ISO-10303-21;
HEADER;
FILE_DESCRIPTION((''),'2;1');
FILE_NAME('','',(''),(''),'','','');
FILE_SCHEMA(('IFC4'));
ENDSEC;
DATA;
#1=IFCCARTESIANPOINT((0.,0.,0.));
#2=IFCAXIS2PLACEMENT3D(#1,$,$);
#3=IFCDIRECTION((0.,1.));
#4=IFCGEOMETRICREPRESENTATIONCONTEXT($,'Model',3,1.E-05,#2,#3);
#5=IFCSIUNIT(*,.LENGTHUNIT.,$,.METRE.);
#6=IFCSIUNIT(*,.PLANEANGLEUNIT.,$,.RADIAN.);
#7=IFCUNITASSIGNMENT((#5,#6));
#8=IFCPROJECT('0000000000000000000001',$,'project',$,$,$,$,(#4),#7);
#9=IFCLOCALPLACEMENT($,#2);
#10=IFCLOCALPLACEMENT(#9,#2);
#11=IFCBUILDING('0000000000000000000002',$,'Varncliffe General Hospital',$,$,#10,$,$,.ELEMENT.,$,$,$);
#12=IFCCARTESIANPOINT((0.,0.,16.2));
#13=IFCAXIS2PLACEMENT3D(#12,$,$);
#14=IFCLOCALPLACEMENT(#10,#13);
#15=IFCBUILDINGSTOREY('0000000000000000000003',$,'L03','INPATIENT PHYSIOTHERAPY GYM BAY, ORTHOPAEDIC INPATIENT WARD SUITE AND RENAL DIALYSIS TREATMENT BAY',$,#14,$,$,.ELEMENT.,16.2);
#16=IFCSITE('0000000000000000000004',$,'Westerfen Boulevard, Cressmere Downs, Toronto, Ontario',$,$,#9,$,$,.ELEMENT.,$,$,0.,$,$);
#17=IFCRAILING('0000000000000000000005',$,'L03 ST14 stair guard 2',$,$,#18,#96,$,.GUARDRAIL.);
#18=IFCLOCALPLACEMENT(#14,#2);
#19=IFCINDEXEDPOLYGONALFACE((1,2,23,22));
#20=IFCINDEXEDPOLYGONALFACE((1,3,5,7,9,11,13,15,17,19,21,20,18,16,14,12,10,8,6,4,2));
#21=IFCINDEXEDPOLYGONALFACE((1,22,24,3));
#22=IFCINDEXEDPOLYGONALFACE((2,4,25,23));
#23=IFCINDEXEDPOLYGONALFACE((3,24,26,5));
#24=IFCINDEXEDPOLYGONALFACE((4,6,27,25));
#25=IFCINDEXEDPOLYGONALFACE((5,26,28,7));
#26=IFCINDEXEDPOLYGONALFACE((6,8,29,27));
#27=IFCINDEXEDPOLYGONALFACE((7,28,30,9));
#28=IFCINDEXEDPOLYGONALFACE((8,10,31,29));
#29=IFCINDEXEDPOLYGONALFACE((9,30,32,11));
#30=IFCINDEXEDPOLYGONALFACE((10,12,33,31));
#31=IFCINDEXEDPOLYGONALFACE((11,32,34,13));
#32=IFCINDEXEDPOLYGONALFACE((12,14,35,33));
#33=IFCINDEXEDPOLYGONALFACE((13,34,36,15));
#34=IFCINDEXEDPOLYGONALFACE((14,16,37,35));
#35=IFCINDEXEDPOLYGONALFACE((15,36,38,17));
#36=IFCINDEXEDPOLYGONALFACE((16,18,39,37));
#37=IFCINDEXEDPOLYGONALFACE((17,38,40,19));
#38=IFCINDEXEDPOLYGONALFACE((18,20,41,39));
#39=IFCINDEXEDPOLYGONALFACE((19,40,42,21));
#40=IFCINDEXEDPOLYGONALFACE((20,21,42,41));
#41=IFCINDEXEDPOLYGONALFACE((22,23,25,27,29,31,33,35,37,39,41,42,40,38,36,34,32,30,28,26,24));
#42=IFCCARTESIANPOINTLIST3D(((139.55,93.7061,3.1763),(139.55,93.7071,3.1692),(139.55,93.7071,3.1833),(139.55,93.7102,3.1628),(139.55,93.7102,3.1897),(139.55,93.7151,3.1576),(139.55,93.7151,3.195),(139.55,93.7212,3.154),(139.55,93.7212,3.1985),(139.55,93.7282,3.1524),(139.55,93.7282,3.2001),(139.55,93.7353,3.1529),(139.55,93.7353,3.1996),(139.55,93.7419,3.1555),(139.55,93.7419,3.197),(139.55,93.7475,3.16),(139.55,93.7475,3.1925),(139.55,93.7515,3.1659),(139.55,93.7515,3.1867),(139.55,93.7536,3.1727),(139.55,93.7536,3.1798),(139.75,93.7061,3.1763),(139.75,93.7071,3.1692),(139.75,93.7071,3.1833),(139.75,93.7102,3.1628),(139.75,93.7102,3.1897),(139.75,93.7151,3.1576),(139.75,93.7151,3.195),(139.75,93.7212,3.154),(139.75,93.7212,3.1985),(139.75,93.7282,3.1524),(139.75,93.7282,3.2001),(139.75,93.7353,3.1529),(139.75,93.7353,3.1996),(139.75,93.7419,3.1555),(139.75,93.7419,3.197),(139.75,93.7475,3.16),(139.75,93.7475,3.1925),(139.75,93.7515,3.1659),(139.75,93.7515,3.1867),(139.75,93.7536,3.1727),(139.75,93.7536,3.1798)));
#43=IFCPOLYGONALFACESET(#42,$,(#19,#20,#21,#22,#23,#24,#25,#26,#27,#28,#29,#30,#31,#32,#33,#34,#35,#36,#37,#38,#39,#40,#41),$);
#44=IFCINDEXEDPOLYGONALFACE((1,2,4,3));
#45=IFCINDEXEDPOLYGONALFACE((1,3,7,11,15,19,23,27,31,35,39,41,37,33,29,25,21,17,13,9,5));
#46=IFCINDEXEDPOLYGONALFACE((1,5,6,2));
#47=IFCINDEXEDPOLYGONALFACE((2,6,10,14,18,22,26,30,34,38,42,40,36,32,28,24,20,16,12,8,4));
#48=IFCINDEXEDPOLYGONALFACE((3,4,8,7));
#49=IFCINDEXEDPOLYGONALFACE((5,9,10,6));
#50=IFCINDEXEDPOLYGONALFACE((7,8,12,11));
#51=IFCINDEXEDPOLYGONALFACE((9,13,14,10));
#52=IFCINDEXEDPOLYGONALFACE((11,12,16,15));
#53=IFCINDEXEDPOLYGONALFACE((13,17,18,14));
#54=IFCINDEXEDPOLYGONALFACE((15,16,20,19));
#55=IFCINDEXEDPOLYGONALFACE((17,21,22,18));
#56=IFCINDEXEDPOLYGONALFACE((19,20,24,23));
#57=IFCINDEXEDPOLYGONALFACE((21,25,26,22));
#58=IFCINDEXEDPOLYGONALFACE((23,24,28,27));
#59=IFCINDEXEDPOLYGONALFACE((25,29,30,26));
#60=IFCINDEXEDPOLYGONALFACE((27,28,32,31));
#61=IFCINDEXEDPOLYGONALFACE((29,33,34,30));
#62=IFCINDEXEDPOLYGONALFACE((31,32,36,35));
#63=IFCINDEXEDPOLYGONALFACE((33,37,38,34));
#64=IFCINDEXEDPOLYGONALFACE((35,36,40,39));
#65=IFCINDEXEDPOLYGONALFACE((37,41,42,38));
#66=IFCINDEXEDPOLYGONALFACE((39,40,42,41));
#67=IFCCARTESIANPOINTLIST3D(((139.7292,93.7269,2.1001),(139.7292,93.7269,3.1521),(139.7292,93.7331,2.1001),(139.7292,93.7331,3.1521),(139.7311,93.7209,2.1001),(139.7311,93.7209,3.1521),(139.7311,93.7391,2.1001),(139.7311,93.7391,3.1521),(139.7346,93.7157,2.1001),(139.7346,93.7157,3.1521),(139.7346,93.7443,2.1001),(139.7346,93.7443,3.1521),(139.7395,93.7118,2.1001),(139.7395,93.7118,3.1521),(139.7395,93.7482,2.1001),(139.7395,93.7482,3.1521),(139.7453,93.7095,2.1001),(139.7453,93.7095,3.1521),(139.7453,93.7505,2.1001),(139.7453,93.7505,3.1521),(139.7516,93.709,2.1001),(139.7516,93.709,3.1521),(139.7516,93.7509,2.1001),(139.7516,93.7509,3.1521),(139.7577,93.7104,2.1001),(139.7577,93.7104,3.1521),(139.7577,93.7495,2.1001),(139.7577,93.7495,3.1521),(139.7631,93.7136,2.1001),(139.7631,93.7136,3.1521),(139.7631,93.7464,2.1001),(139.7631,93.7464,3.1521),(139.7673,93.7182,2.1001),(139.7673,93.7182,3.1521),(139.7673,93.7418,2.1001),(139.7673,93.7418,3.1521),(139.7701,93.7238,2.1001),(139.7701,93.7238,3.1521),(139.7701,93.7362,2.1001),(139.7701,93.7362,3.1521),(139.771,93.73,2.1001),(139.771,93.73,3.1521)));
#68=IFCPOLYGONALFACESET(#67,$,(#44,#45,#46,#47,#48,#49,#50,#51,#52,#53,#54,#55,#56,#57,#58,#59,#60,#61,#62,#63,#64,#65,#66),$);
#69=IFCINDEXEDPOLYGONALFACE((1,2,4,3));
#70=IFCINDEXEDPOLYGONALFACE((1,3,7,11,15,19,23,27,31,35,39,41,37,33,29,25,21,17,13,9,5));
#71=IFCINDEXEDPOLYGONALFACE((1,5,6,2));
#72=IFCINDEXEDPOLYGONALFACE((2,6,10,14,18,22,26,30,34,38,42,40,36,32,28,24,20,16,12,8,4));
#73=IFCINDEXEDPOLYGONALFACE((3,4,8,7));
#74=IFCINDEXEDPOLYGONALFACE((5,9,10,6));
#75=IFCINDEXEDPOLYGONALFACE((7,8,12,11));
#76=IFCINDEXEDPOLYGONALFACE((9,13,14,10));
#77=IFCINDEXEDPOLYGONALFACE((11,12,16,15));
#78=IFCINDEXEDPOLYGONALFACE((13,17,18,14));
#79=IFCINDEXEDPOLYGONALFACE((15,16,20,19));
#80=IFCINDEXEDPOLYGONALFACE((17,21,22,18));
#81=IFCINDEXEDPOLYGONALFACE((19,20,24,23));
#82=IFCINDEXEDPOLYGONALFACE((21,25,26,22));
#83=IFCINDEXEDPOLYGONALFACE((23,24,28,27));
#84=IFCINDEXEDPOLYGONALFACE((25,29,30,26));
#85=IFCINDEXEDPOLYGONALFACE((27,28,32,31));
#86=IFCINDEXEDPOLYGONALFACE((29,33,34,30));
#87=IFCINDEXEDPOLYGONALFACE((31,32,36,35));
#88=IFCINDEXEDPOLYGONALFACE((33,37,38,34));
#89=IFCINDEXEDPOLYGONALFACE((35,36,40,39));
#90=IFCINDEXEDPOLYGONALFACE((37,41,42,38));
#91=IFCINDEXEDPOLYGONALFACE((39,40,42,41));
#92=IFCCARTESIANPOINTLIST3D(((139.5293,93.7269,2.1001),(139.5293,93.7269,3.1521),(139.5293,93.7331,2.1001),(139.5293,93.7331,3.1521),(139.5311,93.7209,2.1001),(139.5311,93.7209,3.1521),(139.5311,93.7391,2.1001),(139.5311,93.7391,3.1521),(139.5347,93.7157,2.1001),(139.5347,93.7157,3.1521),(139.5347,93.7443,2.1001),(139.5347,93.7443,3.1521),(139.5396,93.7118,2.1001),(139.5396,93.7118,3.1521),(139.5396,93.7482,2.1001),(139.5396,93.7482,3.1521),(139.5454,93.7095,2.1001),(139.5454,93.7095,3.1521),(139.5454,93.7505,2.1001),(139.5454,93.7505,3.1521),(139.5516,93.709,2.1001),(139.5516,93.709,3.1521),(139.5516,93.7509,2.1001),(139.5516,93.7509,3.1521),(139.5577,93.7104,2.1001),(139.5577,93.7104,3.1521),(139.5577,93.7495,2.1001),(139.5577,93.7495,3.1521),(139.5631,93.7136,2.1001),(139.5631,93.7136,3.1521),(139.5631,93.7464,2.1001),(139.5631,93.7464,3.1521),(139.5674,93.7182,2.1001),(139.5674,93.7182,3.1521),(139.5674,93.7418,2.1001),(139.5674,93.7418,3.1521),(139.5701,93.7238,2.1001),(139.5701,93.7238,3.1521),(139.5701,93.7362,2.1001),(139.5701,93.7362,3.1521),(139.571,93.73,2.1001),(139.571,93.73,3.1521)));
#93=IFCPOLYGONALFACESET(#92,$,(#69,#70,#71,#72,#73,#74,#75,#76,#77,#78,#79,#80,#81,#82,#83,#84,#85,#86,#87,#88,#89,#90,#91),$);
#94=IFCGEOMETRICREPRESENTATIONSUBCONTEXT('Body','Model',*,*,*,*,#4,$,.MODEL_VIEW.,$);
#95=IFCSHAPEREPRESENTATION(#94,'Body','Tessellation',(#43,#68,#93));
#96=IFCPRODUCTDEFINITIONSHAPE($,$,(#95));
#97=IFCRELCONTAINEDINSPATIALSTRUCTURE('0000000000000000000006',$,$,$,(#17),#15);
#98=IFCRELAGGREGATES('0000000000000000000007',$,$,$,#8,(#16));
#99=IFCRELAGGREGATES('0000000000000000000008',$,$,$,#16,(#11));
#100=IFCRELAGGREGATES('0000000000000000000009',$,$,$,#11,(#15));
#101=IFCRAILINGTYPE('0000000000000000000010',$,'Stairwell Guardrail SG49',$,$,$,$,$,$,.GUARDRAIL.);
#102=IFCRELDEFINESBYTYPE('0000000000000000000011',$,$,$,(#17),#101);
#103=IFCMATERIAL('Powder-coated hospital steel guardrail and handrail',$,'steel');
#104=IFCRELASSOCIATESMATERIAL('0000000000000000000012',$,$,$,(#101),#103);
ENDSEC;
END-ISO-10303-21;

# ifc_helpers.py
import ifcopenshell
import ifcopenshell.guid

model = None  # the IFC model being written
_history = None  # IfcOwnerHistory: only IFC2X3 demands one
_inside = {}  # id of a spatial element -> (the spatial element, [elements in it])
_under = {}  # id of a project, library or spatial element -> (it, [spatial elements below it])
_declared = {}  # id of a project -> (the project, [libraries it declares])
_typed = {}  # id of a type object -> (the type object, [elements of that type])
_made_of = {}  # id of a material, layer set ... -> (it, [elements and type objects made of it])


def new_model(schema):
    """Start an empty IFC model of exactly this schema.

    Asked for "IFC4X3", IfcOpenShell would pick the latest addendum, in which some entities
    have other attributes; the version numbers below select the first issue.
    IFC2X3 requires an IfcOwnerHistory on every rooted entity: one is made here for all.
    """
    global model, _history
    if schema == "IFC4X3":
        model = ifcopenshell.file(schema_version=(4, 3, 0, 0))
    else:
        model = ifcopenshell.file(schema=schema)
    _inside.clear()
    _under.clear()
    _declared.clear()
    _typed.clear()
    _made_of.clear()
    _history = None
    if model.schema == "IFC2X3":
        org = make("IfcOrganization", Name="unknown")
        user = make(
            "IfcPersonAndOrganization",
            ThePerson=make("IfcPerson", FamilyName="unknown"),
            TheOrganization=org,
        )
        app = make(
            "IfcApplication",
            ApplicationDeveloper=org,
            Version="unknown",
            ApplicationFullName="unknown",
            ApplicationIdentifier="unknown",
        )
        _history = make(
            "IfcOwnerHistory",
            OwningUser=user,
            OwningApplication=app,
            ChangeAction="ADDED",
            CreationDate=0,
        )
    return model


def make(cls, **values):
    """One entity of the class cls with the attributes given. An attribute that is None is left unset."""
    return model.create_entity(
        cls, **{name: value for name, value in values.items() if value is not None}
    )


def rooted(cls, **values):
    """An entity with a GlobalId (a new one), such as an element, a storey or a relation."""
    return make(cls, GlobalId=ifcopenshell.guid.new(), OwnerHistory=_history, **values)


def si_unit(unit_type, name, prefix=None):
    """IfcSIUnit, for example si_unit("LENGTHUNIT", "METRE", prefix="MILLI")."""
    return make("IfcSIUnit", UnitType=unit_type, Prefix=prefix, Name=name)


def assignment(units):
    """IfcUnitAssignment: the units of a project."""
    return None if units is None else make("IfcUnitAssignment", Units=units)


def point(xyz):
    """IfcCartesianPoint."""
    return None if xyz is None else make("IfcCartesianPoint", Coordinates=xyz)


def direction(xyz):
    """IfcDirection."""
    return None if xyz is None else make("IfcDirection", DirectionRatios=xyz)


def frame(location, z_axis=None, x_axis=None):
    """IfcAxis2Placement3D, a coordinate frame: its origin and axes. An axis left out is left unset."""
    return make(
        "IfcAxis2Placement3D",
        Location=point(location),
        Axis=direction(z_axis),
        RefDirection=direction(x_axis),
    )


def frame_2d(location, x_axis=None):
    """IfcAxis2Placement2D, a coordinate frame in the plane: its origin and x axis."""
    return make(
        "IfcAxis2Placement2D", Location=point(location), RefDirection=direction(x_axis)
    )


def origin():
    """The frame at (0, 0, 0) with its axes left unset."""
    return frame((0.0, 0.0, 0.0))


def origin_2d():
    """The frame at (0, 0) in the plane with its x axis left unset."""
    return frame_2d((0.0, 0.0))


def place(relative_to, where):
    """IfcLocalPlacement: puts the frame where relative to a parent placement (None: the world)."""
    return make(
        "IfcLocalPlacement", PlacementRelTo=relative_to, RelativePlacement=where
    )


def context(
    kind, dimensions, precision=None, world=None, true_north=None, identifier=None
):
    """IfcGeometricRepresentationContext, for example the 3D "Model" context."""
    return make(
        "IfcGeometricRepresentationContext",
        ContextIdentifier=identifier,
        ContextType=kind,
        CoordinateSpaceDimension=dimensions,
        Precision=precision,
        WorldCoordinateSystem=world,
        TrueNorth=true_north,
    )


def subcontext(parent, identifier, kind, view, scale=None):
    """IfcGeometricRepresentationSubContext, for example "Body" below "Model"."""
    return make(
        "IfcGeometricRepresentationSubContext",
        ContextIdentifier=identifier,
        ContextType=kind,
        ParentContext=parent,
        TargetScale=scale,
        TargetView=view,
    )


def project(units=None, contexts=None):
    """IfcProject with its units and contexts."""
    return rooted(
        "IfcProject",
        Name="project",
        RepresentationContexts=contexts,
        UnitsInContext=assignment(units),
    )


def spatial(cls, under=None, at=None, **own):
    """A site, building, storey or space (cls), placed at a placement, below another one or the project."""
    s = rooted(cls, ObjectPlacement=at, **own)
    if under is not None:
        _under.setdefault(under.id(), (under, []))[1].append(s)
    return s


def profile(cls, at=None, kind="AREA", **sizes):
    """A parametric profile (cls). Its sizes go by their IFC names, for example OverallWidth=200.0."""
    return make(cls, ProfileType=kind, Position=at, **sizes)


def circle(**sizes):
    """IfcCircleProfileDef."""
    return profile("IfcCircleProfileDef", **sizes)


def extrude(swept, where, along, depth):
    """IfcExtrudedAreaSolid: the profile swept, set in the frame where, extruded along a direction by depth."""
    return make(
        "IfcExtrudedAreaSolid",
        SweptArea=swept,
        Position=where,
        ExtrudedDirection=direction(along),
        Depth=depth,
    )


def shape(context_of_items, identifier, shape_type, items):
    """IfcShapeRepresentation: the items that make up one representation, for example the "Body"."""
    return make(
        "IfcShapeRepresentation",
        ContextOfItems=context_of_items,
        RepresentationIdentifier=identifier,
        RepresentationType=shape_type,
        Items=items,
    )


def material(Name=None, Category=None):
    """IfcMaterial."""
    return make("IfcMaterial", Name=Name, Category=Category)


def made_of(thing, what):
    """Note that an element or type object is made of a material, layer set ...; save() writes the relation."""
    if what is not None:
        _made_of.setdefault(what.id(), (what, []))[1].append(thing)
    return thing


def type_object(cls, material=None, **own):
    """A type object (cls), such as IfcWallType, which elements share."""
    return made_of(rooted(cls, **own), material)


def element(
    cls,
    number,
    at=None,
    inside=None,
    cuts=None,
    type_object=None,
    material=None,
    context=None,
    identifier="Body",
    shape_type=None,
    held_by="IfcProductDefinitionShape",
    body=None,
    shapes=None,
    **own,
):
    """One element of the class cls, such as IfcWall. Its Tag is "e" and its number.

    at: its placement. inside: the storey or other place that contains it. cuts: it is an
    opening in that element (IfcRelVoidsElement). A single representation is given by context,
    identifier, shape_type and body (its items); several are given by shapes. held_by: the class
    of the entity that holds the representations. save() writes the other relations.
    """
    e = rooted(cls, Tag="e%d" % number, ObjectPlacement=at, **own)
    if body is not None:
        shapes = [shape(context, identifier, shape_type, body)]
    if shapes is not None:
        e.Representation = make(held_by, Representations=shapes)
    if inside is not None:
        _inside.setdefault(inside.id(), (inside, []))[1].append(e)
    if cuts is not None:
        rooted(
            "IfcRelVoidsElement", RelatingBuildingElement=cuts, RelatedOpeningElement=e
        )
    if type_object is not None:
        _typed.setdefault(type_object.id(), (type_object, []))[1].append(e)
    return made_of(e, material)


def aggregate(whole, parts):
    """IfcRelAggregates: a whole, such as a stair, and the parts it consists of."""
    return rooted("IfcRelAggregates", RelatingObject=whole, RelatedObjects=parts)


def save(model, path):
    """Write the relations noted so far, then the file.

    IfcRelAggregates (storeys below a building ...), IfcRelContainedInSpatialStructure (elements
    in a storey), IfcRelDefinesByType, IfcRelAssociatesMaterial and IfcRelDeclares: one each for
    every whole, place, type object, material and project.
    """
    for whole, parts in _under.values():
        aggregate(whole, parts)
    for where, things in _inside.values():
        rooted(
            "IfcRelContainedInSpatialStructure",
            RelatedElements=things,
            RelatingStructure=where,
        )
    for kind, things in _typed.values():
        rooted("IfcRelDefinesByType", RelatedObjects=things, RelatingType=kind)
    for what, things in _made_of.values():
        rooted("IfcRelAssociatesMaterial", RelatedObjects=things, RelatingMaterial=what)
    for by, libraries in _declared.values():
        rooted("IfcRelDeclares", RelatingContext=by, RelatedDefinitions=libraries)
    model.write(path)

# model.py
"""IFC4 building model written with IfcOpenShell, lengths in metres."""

from ifc_helpers import new_model, si_unit, direction, frame, origin, origin_2d, place, context, subcontext, project, spatial, circle, extrude, material, type_object, element, save


model = new_model("IFC4")

# Units and contexts
model_context = context("Model", 3, precision=1e-05, world=origin(), true_north=direction((0.0, 1.0)))
body_context = subcontext(model_context, "Body", "Model", "MODEL_VIEW")
ifc_project = project(units=[si_unit("LENGTHUNIT", "METRE"), si_unit("PLANEANGLEUNIT", "RADIAN")], contexts=[model_context])

# Site, building, storey
site_placement = place(None, origin())
site = spatial("IfcSite", under=ifc_project, at=site_placement, Name="Westerfen Boulevard, Cressmere Downs, Toronto, Ontario", CompositionType="ELEMENT", RefElevation=0.0)
building_placement = place(site_placement, origin())
building = spatial("IfcBuilding", under=site, at=building_placement, Name="Varncliffe General Hospital", CompositionType="ELEMENT")
storey_placement = place(building_placement, frame((0.0, 0.0, 16.2)))
storey = spatial("IfcBuildingStorey", under=building, at=storey_placement, Name="L03", Description="INPATIENT PHYSIOTHERAPY GYM BAY, ORTHOPAEDIC INPATIENT WARD SUITE AND RENAL DIALYSIS TREATMENT BAY", CompositionType="ELEMENT", Elevation=16.2)

# Railing
ifc_material_1 = material(Name="Powder-coated hospital steel guardrail and handrail", Category="steel")
railing_type_1 = type_object("IfcRailingType", Name="Stairwell Guardrail SG49", PredefinedType="GUARDRAIL", material=ifc_material_1)
railing_1_placement = place(storey_placement, frame((139.75, 93.73, 2.1001)))
element("IfcRailing", 1, at=railing_1_placement, inside=storey, type_object=railing_type_1, Name="L03 ST14 stair guard 2", PredefinedType="GUARDRAIL", context=body_context, shape_type="SweptSolid", body=[
    extrude(circle(Radius=0.0239, at=origin_2d()), frame((0.0, 0.0, 1.0762), z_axis=(-1.0, 0.0, 0.0), x_axis=(0.0, -1.0, 0.0)), (0.0, 0.0, 1.0), 0.2),
    extrude(circle(Radius=0.021, at=origin_2d()), origin(), (0.0, 0.0, 1.0), 1.052),
    extrude(circle(Radius=0.021, at=origin_2d()), frame((-0.2, 0.0, 0.0)), (0.0, 0.0, 1.0), 1.052),
])

save(model, "model.ifc")
